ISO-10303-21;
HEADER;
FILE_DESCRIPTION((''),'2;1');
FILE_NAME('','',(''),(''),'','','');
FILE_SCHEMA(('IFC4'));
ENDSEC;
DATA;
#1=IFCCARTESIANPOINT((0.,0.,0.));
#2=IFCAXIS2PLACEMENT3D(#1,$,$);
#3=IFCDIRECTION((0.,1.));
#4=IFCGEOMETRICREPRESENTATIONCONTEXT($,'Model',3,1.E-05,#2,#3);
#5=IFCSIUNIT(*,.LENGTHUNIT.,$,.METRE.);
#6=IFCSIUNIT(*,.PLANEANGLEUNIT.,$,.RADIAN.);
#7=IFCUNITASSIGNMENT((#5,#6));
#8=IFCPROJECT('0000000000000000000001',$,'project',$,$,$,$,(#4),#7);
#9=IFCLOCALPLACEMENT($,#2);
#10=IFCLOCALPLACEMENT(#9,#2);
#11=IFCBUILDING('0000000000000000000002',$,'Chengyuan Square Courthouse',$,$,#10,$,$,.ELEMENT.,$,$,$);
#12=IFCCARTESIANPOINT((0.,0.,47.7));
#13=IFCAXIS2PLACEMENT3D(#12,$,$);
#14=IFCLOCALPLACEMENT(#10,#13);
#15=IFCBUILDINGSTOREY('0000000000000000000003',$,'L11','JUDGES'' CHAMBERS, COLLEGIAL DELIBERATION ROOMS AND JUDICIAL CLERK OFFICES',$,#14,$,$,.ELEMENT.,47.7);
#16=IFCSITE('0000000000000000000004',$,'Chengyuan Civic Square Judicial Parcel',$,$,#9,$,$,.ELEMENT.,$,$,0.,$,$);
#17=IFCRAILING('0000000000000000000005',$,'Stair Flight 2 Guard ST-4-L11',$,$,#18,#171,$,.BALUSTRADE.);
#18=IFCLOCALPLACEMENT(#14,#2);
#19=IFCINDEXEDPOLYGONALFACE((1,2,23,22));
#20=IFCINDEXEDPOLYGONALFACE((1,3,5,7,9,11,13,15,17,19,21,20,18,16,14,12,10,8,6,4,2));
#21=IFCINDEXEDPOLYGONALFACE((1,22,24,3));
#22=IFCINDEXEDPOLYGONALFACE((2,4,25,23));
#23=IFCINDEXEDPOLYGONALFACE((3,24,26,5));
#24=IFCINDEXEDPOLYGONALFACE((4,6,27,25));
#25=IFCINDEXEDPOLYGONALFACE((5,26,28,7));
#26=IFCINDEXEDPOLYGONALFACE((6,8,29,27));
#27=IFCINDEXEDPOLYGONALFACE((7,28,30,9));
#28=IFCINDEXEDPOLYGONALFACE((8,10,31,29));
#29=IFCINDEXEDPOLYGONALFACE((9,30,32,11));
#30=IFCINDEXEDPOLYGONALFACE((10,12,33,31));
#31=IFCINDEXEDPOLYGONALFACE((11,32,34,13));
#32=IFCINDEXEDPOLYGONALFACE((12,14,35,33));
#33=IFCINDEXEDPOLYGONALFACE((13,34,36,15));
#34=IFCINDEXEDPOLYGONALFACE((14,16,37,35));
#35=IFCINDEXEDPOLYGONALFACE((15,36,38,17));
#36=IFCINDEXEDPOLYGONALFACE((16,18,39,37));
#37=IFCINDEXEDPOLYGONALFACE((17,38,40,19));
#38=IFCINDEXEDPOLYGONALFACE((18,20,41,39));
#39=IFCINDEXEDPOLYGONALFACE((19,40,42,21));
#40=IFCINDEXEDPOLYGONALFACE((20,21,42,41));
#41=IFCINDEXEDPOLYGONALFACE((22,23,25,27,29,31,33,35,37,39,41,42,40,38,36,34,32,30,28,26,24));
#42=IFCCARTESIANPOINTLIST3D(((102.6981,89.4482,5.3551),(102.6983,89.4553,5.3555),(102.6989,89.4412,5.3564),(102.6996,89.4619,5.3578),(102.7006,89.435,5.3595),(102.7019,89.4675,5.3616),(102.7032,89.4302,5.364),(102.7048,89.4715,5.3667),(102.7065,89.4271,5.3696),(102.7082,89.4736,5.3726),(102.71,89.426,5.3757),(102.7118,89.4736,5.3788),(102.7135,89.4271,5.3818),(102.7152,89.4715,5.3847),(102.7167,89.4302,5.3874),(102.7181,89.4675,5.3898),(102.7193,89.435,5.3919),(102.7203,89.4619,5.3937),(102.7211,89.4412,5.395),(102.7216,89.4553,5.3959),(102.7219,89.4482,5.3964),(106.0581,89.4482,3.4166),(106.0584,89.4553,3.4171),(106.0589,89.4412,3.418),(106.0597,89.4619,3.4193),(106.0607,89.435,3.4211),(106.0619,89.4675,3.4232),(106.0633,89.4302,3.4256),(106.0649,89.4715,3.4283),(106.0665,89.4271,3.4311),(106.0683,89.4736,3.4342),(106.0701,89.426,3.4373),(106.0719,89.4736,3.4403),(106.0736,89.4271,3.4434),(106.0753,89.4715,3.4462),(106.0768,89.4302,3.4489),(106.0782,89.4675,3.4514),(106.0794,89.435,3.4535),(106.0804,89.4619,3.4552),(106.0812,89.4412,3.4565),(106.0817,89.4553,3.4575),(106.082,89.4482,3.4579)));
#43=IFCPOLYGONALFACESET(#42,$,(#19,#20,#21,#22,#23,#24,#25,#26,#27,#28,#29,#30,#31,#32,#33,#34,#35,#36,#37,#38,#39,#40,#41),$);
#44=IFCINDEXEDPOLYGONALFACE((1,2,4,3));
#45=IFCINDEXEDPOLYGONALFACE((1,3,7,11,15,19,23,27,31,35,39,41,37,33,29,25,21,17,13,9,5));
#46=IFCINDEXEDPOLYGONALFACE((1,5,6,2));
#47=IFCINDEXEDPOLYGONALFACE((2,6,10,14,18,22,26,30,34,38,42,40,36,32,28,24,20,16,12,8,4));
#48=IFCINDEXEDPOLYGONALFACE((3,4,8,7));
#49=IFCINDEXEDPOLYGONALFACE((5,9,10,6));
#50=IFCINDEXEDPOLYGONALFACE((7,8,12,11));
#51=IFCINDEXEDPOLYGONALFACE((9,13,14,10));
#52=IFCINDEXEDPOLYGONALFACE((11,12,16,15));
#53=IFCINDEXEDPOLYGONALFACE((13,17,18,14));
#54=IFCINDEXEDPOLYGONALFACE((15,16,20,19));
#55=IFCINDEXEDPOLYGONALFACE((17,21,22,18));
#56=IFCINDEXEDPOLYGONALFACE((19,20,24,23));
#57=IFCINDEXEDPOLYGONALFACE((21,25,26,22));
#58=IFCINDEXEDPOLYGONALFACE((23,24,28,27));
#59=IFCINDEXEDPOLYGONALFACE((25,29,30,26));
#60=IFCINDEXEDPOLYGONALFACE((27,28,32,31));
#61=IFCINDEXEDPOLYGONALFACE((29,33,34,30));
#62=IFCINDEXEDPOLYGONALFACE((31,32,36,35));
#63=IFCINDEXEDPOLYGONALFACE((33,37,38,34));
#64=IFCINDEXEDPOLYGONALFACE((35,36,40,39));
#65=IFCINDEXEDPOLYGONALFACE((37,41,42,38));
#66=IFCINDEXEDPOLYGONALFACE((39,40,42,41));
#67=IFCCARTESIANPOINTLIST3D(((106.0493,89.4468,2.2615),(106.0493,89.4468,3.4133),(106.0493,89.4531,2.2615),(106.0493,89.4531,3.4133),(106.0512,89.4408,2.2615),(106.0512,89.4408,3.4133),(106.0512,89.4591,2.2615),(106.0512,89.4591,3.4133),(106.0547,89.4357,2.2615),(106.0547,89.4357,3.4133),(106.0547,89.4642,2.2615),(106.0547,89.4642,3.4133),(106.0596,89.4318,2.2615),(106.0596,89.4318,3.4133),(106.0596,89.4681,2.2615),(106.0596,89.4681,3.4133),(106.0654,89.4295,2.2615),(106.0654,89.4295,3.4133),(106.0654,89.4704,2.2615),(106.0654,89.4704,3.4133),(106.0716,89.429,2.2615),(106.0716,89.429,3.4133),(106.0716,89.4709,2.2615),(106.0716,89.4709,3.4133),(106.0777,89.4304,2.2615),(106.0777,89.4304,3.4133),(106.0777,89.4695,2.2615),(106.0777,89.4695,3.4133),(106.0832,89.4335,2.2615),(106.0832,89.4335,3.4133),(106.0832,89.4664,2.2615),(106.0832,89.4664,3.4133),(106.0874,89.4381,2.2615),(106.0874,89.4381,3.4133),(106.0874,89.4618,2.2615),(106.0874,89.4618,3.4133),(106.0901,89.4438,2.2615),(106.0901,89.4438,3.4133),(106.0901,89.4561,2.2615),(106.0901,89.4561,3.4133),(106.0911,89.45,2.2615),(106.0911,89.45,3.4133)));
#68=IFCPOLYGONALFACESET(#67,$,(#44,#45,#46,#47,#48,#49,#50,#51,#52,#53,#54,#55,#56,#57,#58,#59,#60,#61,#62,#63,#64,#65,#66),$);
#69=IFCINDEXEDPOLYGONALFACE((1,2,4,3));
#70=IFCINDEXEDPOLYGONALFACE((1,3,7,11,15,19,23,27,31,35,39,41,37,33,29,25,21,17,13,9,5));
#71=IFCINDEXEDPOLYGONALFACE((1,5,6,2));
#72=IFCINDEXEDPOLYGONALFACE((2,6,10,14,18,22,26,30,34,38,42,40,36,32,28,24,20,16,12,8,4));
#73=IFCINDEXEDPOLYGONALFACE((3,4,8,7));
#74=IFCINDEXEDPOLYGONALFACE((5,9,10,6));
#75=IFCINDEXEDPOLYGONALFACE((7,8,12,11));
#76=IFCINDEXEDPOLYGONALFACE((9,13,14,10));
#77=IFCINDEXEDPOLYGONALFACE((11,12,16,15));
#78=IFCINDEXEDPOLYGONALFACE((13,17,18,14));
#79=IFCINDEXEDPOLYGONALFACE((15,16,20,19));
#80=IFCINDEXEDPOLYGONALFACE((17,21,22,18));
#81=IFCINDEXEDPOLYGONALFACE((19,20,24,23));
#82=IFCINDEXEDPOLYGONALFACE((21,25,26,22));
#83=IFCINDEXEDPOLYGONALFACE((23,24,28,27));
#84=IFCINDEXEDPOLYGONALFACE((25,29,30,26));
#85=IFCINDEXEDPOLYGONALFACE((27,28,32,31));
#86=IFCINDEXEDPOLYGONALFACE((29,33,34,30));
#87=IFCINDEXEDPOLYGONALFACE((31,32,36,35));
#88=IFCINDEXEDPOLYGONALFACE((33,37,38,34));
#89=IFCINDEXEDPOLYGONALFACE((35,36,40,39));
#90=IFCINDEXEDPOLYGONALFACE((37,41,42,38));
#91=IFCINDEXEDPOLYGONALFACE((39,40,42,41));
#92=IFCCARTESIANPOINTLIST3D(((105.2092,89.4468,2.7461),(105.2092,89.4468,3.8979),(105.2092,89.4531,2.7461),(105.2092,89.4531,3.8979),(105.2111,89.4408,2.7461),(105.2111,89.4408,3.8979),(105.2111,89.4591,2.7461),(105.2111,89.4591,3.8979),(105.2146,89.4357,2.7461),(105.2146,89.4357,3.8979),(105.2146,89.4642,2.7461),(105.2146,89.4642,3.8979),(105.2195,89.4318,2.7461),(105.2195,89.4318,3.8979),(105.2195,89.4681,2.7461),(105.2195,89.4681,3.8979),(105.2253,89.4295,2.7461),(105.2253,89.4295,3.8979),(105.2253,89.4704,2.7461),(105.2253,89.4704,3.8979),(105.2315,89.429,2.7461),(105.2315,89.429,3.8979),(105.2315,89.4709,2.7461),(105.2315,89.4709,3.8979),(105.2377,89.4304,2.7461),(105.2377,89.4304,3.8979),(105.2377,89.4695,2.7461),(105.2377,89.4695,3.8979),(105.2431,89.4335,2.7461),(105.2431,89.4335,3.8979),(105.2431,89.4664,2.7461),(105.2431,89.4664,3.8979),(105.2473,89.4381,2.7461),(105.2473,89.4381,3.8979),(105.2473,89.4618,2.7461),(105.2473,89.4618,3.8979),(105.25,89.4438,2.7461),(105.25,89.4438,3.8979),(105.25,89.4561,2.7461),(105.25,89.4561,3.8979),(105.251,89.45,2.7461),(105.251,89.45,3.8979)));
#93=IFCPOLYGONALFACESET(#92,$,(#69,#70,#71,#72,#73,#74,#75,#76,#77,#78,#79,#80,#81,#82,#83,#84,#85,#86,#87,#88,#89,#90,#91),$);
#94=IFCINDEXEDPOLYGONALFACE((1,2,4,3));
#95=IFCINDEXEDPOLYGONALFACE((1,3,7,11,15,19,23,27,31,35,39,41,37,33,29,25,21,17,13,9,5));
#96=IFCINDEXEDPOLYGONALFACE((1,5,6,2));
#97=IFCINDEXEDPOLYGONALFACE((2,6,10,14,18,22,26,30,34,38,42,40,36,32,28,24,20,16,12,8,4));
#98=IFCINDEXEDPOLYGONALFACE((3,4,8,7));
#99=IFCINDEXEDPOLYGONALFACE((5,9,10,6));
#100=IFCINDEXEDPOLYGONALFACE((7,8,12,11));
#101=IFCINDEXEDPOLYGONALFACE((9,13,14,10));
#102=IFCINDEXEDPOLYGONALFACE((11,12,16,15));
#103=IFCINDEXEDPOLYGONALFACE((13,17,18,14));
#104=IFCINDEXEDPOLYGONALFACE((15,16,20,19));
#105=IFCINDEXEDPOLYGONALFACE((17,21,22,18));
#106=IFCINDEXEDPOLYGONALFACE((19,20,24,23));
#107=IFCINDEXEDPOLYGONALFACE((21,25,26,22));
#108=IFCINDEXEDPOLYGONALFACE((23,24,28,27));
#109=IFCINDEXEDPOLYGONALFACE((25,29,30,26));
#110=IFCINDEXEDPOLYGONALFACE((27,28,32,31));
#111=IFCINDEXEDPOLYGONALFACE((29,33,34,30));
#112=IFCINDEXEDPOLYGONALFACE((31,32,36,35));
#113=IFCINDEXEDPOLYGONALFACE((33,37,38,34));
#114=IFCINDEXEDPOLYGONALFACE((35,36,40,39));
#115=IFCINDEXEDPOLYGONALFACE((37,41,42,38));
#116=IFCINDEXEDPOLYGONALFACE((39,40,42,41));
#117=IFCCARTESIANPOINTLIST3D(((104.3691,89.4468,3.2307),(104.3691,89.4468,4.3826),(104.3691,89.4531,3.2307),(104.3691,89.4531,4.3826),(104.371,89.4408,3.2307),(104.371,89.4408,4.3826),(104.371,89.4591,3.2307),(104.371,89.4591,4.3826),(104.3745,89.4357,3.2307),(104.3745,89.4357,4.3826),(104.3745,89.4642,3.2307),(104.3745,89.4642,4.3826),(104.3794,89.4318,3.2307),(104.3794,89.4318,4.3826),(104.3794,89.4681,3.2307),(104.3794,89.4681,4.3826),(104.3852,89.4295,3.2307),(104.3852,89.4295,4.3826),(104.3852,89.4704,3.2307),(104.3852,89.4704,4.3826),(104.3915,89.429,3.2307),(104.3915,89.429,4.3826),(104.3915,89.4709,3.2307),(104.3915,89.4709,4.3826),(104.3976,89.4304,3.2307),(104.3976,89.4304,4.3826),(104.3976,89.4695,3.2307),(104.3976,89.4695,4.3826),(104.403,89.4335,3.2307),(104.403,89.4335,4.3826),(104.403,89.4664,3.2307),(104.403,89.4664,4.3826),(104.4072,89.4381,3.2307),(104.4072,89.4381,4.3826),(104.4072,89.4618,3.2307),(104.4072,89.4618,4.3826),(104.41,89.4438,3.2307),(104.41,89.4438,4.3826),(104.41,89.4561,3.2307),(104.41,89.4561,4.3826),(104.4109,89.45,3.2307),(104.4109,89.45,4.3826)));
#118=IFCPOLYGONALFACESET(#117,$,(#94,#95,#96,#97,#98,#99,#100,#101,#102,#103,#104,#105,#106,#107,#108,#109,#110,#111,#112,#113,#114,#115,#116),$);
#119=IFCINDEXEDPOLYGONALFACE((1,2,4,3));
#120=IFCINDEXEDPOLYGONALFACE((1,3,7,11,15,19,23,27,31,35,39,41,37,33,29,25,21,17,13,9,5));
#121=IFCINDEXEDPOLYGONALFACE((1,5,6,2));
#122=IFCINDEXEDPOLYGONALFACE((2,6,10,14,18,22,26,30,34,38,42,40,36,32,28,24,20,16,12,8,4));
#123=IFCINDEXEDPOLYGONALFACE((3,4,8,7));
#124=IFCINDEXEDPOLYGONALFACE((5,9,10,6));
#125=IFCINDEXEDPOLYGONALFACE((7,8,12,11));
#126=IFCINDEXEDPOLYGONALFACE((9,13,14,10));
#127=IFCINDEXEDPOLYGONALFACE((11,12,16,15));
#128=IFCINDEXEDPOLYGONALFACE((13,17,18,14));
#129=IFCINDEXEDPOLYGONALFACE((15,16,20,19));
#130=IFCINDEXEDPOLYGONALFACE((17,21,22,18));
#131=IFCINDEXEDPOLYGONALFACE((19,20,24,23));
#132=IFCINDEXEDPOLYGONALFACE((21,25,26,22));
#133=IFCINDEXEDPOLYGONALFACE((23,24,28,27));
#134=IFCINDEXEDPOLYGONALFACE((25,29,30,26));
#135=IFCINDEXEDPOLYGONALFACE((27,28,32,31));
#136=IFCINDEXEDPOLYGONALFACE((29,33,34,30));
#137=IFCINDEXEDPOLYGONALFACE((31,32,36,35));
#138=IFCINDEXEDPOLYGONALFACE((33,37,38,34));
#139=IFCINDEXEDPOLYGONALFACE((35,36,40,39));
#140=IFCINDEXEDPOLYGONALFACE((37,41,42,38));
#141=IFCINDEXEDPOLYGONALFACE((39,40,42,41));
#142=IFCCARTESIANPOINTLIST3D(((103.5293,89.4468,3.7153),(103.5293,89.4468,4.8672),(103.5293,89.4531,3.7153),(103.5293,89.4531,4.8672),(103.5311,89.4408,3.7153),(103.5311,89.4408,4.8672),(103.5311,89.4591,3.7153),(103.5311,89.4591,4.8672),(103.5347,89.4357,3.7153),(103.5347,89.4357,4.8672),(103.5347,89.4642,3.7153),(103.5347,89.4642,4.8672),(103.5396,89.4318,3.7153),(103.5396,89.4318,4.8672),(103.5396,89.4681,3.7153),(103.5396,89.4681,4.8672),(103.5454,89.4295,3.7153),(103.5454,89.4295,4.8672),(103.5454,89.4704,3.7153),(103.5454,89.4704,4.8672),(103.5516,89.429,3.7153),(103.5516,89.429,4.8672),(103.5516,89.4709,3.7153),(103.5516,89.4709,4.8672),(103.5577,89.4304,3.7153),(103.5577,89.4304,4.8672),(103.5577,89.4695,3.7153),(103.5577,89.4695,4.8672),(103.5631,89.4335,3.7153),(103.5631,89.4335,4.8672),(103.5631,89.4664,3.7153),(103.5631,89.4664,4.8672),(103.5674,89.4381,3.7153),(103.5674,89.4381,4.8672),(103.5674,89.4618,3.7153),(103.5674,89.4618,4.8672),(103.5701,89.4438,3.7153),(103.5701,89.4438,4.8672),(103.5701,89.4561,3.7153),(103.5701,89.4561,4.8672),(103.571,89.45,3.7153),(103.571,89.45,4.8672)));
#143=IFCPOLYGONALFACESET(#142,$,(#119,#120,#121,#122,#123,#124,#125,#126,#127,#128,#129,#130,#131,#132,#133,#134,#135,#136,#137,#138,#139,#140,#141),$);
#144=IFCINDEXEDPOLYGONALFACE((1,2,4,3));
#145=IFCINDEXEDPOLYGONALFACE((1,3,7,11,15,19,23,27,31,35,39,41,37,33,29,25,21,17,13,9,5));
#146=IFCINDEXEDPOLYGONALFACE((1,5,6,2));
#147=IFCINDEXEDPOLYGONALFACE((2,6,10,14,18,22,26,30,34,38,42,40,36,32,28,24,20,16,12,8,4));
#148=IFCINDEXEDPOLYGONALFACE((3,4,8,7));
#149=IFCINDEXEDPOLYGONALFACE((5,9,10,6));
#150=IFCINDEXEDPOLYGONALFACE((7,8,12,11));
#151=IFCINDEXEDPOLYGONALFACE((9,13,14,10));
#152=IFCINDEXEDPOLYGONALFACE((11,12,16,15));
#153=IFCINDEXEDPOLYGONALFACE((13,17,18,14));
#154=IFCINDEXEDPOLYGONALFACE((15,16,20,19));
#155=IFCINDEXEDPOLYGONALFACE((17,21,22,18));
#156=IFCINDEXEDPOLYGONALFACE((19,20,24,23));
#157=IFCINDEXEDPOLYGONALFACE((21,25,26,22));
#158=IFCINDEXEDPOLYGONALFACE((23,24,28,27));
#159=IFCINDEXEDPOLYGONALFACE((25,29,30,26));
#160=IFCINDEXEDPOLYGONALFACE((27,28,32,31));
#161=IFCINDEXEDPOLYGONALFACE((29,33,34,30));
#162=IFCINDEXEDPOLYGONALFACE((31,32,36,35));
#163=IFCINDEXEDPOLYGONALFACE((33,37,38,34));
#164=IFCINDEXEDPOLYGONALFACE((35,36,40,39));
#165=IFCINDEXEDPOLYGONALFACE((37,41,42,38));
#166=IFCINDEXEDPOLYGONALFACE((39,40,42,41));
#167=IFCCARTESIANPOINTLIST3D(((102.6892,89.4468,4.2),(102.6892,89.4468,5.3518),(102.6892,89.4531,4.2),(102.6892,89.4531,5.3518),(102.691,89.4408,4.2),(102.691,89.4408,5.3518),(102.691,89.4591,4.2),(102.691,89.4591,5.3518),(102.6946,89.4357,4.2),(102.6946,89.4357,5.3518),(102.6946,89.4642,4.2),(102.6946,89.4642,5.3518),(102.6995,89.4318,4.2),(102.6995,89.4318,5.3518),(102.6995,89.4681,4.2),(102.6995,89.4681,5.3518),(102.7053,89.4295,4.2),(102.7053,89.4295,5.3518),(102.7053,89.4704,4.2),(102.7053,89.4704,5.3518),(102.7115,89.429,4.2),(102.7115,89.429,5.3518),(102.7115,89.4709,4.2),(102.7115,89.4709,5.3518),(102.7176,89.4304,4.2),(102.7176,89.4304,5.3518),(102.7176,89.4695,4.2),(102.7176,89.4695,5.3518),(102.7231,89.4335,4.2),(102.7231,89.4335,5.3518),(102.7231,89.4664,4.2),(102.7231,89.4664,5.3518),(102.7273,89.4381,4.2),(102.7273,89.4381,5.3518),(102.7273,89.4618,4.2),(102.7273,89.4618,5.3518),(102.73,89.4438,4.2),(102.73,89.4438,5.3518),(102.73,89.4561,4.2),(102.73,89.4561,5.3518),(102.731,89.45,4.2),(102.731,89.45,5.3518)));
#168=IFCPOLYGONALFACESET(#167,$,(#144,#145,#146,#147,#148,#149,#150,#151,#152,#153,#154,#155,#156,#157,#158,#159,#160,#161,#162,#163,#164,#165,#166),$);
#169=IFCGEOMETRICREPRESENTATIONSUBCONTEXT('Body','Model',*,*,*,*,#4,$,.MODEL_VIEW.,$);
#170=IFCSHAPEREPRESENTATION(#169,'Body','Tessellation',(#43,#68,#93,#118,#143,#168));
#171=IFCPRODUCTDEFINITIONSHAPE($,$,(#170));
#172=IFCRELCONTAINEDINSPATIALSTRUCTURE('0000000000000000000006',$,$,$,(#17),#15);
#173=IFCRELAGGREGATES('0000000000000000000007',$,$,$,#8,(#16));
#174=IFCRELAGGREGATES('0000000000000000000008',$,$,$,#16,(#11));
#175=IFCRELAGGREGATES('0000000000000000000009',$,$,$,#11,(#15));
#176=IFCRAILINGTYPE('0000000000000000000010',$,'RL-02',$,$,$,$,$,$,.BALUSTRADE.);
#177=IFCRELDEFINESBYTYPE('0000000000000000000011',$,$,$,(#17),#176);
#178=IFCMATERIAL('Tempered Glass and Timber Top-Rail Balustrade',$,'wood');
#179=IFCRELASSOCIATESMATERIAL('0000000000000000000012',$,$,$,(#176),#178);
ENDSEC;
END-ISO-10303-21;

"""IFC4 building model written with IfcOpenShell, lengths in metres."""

from ifc_helpers import new_model, si_unit, direction, frame, origin, origin_2d, place, context, subcontext, project, spatial, circle, extrude, material, type_object, element, save


model = new_model("IFC4")

# Units and contexts
model_context = context("Model", 3, precision=1e-05, world=origin(), true_north=direction((0.0, 1.0)))
body_context = subcontext(model_context, "Body", "Model", "MODEL_VIEW")
ifc_project = project(units=[si_unit("LENGTHUNIT", "METRE"), si_unit("PLANEANGLEUNIT", "RADIAN")], contexts=[model_context])

# Site, building, storey
site_placement = place(None, origin())
site = spatial("IfcSite", under=ifc_project, at=site_placement, Name="Chengyuan Civic Square Judicial Parcel", CompositionType="ELEMENT", RefElevation=0.0)
building_placement = place(site_placement, origin())
building = spatial("IfcBuilding", under=site, at=building_placement, Name="Chengyuan Square Courthouse", CompositionType="ELEMENT")
storey_placement = place(building_placement, frame((0.0, 0.0, 47.7)))
storey = spatial("IfcBuildingStorey", under=building, at=storey_placement, Name="L11", Description="JUDGES' CHAMBERS, COLLEGIAL DELIBERATION ROOMS AND JUDICIAL CLERK OFFICES", CompositionType="ELEMENT", Elevation=47.7)

# Railing
ifc_material_1 = material(Name="Tempered Glass and Timber Top-Rail Balustrade", Category="wood")
railing_type_1 = type_object("IfcRailingType", Name="RL-02", PredefinedType="BALUSTRADE", material=ifc_material_1)
railing_1_placement = place(storey_placement, frame((106.0701, 89.45, 2.2615)))
element("IfcRailing", 1, at=railing_1_placement, inside=storey, type_object=railing_type_1, Name="Stair Flight 2 Guard ST-4-L11", PredefinedType="BALUSTRADE", context=body_context, shape_type="SweptSolid", body=[
    extrude(circle(Radius=0.0239, at=origin_2d()), frame((0.0, 0.0, 1.1758), z_axis=(-0.866191, 0.0, 0.499713), x_axis=(0.0, -1.0, 0.0)), (0.0, 0.0, 1.0), 3.8792),
    extrude(circle(Radius=0.021, at=origin_2d()), origin(), (0.0, 0.0, 1.0), 1.1519),
    extrude(circle(Radius=0.021, at=origin_2d()), frame((-0.8401, 0.0, 0.4846)), (0.0, 0.0, 1.0), 1.1519),
    extrude(circle(Radius=0.021, at=origin_2d()), frame((-1.6802, 0.0, 0.9692)), (0.0, 0.0, 1.0), 1.1519),
    extrude(circle(Radius=0.021, at=origin_2d()), frame((-2.52, 0.0, 1.4539)), (0.0, 0.0, 1.0), 1.1519),
    extrude(circle(Radius=0.021, at=origin_2d()), frame((-3.3601, 0.0, 1.9385)), (0.0, 0.0, 1.0), 1.1519),
])

save(model, "model.ifc")
